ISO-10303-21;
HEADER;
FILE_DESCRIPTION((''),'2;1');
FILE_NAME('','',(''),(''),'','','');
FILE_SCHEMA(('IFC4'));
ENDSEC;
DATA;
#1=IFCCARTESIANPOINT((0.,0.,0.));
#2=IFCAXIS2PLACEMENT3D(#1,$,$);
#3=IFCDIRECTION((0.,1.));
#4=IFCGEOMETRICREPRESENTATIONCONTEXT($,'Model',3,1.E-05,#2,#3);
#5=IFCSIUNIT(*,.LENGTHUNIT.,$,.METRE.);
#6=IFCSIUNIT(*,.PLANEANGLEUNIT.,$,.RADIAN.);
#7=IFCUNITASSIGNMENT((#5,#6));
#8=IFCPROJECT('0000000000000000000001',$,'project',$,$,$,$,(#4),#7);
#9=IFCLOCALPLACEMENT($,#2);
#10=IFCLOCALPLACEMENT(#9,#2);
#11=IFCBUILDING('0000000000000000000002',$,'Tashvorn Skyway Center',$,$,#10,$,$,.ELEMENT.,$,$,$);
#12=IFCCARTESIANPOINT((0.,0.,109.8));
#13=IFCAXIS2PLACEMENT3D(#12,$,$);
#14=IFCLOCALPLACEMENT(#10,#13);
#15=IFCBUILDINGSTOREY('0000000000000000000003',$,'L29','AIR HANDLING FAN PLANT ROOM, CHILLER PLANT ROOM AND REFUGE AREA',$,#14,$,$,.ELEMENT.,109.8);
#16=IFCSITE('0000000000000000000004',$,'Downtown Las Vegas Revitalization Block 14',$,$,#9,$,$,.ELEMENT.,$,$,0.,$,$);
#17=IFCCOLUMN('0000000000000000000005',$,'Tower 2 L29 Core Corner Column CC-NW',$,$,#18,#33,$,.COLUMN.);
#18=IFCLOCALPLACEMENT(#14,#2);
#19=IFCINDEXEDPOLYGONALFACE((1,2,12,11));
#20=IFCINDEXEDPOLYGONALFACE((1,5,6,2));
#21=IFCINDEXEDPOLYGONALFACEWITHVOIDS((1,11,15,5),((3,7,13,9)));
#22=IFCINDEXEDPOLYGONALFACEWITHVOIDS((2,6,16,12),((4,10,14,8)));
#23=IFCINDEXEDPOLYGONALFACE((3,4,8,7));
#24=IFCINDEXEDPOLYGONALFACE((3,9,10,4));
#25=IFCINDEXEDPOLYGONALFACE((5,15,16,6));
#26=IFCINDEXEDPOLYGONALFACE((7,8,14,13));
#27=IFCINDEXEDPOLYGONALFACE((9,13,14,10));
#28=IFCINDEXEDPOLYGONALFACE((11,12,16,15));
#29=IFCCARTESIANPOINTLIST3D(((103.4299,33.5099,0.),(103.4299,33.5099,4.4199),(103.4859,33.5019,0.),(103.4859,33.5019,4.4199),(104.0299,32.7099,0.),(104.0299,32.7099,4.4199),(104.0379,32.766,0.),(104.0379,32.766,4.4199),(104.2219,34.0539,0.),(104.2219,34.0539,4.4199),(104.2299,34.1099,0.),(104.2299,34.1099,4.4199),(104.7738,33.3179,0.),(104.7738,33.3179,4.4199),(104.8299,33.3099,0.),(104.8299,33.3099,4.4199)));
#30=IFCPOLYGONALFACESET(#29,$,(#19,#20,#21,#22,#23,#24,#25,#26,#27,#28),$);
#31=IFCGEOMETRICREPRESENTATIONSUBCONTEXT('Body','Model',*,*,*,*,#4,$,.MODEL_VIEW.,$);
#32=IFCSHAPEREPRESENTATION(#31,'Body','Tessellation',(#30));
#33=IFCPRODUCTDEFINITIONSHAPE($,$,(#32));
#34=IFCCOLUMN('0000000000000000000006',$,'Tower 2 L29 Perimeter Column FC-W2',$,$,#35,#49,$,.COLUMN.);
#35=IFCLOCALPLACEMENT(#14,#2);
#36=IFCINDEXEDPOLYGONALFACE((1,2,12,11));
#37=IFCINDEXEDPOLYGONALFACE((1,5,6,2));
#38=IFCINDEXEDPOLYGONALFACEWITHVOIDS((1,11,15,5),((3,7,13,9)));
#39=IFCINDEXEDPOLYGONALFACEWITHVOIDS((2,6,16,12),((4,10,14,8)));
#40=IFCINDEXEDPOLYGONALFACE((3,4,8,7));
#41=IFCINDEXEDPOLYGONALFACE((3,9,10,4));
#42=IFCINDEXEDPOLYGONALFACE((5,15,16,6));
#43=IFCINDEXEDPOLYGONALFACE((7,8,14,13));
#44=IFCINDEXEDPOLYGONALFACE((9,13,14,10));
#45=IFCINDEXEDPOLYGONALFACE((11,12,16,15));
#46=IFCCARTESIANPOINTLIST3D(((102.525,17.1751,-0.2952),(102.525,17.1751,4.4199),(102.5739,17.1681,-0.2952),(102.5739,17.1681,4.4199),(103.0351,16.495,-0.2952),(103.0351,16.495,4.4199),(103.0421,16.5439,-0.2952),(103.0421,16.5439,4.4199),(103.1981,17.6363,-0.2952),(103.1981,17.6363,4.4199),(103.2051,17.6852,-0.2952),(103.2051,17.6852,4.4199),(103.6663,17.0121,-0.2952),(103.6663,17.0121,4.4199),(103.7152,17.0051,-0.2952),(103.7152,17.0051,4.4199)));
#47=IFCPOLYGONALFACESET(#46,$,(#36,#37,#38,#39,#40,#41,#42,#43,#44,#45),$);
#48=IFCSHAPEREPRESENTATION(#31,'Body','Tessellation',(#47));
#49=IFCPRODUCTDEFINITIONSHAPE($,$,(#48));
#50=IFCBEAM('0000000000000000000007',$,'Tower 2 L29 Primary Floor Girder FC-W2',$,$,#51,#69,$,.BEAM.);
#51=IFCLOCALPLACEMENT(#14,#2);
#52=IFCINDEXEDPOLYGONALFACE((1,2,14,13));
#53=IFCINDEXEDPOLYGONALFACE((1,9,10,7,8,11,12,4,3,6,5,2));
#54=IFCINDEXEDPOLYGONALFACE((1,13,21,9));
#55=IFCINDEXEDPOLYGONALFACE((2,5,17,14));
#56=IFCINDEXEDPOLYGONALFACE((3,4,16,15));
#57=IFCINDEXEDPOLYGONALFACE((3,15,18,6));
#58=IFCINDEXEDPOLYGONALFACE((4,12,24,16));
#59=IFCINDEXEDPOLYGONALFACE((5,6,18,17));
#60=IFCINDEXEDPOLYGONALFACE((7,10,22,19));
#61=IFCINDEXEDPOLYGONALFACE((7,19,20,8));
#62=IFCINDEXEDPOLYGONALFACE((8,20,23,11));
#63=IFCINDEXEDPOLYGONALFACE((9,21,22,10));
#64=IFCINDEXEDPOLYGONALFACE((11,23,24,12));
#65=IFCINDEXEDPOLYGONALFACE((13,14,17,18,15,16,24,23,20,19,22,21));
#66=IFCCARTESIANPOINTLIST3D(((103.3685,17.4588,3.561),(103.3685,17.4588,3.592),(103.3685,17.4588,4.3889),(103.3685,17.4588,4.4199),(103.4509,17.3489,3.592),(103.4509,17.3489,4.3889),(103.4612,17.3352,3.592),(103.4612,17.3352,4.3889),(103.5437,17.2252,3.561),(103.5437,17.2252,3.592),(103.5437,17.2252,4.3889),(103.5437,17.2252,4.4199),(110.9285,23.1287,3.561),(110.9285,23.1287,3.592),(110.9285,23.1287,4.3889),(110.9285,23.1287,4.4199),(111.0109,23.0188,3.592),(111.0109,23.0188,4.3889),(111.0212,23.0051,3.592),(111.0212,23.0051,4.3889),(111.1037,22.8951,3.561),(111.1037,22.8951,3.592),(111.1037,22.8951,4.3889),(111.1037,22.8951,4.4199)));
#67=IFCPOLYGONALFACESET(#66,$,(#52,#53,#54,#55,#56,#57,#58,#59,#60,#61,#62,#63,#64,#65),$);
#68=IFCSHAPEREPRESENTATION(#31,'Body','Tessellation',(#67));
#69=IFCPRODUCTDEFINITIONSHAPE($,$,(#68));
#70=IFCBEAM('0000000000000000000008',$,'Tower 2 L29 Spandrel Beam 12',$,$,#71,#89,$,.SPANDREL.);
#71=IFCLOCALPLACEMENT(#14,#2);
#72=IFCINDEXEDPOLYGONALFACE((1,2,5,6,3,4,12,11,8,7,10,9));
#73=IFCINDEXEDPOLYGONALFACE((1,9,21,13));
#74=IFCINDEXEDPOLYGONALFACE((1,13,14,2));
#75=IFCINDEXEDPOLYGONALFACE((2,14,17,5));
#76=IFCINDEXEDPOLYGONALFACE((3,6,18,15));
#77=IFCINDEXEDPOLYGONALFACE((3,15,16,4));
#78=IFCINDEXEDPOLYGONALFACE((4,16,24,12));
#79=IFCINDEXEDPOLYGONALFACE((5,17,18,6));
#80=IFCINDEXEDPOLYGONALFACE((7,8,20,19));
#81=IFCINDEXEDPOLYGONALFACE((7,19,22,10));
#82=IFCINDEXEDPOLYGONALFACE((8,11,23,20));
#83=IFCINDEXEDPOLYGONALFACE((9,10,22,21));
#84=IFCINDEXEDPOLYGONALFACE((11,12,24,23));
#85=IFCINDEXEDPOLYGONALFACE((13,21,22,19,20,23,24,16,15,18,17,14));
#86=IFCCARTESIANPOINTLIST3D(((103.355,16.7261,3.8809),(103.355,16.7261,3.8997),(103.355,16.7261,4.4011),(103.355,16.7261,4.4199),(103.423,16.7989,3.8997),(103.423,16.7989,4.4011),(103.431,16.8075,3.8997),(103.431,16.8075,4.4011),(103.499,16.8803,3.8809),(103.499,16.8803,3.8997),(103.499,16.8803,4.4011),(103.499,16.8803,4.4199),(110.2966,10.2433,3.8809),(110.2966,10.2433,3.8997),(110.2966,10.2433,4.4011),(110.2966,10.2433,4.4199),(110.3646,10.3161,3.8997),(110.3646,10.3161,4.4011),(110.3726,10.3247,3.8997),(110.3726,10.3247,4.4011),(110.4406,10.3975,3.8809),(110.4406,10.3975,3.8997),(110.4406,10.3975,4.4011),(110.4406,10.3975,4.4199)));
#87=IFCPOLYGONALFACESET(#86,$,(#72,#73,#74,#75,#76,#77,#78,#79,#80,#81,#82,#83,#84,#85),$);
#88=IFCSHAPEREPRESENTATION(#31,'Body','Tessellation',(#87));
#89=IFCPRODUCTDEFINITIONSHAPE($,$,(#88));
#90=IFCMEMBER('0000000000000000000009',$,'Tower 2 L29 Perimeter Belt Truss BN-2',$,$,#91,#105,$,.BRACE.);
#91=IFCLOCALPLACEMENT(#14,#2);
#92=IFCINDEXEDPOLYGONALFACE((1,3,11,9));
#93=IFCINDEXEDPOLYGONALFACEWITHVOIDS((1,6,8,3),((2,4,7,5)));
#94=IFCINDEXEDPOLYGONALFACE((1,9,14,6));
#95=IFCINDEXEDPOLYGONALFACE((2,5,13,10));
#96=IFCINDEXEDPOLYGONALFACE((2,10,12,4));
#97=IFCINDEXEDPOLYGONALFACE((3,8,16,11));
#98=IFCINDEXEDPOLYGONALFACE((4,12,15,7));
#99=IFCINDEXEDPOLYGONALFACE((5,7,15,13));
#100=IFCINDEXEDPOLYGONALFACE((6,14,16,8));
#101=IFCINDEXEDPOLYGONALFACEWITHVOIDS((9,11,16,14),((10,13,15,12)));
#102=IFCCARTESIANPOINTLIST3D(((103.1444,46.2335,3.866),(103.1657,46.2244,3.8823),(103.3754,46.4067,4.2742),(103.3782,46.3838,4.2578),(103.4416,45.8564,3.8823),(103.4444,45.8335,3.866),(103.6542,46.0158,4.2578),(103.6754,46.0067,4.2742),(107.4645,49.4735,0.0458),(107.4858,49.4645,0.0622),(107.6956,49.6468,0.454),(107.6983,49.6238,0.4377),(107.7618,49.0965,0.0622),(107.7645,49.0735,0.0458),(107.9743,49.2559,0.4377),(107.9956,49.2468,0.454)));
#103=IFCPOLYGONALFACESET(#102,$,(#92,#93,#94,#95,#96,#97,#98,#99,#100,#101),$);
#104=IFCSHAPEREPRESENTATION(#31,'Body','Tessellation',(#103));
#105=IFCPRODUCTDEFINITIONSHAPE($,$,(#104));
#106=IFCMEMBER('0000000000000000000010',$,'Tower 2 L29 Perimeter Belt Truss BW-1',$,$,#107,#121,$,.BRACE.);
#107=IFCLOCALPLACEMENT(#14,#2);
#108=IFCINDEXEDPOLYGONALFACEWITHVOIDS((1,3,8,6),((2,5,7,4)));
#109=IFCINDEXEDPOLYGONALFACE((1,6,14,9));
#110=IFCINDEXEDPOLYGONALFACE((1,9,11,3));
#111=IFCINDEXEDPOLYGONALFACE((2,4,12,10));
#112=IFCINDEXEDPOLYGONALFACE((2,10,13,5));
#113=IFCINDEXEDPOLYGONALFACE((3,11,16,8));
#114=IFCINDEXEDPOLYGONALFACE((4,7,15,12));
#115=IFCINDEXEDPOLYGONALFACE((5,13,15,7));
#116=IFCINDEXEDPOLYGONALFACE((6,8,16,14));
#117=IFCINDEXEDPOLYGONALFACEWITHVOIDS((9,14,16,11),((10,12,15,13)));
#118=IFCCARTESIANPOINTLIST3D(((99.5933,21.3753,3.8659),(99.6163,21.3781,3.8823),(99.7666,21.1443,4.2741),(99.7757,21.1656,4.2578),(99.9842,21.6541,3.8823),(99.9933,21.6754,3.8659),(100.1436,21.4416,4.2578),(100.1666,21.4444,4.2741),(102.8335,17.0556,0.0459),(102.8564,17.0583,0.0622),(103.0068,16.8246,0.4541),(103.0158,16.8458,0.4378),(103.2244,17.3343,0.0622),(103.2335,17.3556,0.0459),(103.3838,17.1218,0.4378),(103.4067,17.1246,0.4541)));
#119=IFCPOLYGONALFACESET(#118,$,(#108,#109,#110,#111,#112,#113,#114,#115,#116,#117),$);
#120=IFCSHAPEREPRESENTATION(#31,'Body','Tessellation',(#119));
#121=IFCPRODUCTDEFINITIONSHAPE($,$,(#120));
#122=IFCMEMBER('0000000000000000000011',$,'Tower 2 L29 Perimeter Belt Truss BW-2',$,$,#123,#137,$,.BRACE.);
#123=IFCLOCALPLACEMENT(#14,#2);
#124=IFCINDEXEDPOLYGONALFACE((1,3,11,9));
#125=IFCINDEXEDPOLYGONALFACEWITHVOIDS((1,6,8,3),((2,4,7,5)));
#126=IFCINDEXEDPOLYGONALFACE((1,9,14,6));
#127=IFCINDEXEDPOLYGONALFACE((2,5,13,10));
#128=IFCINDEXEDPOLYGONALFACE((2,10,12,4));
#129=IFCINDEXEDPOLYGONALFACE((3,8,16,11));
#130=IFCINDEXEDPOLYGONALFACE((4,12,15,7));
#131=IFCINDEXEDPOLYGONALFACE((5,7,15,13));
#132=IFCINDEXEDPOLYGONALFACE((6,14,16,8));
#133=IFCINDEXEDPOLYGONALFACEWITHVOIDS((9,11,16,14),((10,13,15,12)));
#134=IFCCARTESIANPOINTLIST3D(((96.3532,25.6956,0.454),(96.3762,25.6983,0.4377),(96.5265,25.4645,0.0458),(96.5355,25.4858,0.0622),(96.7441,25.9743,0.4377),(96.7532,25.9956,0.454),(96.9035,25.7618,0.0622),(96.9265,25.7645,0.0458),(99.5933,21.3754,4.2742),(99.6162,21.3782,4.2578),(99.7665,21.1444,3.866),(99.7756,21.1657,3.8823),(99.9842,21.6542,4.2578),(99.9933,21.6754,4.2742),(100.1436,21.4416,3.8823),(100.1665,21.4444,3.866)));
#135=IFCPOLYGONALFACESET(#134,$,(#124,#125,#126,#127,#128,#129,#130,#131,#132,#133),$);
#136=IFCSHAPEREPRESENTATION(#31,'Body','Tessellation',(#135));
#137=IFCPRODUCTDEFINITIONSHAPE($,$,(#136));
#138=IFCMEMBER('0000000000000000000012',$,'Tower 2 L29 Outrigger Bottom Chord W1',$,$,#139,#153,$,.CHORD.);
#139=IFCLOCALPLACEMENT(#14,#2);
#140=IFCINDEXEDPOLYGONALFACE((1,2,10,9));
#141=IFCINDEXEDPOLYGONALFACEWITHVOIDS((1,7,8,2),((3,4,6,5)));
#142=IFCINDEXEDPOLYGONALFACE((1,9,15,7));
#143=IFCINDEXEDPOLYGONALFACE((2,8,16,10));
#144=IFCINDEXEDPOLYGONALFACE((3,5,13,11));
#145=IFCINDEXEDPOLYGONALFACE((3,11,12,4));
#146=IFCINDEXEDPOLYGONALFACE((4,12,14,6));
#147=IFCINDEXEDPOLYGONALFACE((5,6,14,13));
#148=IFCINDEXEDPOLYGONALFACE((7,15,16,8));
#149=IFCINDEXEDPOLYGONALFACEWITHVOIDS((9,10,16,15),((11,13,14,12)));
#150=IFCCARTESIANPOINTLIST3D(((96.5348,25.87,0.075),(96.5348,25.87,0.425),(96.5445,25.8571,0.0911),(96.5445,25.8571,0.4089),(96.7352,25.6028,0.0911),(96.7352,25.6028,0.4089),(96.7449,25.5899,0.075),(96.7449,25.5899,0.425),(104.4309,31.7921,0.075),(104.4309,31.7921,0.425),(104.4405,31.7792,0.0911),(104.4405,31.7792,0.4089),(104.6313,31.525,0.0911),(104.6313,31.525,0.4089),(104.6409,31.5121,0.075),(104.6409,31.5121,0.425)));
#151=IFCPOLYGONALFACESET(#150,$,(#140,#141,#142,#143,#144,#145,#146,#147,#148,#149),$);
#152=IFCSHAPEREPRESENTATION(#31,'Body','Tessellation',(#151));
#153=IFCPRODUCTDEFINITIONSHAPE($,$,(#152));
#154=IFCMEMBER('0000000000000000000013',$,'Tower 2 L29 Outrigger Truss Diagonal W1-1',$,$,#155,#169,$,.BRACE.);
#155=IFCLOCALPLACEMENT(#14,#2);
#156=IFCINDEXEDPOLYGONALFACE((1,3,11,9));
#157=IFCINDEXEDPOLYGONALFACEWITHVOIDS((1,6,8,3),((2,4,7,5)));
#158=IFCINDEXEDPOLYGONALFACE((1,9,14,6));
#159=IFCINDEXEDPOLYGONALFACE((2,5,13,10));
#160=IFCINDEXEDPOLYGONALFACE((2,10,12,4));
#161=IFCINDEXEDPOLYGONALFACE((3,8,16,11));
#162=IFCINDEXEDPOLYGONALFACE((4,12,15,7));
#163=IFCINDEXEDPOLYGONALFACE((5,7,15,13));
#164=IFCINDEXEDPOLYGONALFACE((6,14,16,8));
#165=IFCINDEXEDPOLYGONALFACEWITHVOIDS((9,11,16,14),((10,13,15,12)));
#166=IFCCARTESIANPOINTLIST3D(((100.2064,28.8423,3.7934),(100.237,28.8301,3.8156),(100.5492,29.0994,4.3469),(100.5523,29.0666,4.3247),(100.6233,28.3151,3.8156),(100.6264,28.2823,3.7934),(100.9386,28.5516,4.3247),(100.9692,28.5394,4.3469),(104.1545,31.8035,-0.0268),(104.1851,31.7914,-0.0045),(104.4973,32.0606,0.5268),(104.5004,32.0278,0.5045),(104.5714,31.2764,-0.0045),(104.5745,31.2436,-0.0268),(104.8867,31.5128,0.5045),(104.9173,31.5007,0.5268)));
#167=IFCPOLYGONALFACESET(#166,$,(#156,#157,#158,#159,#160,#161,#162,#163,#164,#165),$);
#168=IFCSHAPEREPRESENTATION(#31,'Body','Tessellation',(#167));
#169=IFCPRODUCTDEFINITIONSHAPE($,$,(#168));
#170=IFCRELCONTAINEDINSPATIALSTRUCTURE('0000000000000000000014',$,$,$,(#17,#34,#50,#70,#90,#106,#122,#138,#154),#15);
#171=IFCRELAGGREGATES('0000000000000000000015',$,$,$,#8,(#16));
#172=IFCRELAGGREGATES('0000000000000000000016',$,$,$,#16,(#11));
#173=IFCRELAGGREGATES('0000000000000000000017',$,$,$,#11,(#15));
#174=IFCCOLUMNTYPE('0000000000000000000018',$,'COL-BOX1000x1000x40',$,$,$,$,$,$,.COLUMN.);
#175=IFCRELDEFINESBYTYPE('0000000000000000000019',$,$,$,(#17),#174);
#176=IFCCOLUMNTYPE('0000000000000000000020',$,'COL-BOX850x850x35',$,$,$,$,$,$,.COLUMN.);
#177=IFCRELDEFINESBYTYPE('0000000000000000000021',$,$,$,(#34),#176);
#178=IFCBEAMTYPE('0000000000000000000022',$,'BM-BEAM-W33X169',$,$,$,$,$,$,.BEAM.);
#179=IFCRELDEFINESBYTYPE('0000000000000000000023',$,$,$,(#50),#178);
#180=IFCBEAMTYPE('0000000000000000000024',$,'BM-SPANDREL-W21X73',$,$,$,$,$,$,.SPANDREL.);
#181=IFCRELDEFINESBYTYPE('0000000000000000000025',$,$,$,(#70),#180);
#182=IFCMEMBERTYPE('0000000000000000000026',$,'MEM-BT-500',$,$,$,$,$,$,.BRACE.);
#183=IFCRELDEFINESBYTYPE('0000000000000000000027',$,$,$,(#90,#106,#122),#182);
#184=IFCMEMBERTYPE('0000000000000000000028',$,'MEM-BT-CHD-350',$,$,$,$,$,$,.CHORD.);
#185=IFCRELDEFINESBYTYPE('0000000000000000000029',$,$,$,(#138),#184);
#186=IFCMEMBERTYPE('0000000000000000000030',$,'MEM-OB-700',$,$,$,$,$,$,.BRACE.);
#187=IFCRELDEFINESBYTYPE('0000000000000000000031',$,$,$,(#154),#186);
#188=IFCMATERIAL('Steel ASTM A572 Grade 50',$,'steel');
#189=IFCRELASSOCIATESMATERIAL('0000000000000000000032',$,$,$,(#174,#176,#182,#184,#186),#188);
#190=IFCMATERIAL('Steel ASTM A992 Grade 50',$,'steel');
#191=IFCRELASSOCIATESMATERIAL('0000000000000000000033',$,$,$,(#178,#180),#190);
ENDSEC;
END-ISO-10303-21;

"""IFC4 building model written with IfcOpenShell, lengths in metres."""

from ifc_helpers import new_model, si_unit, direction, frame, origin, origin_2d, place, context, subcontext, project, spatial, hollow_rectangle, i_section, extrude, material, material_profile, profile_set, type_object, element, save


model = new_model("IFC4")

# Units and contexts
model_context = context("Model", 3, precision=1e-05, world=origin(), true_north=direction((0.0, 1.0)))
body_context = subcontext(model_context, "Body", "Model", "MODEL_VIEW")
ifc_project = project(units=[si_unit("LENGTHUNIT", "METRE"), si_unit("PLANEANGLEUNIT", "RADIAN")], contexts=[model_context])

# Site, building, storey
site_placement = place(None, origin())
site = spatial("IfcSite", under=ifc_project, at=site_placement, Name="Downtown Las Vegas Revitalization Block 14", CompositionType="ELEMENT", RefElevation=0.0)
building_placement = place(site_placement, origin())
building = spatial("IfcBuilding", under=site, at=building_placement, Name="Tashvorn Skyway Center", CompositionType="ELEMENT")
storey_placement = place(building_placement, frame((0.0, 0.0, 109.8)))
storey = spatial("IfcBuildingStorey", under=building, at=storey_placement, Name="L29", Description="AIR HANDLING FAN PLANT ROOM, CHILLER PLANT ROOM AND REFUGE AREA", CompositionType="ELEMENT", Elevation=109.8)

# Columns
ifc_material_1 = material(Name="Steel ASTM A572 Grade 50", Category="steel")
ifc_material_profile_1 = material_profile(ifc_material_1, hollow_rectangle(XDim=1.0, YDim=1.0, WallThickness=0.04, at=origin_2d()), Name="BOX1000x1000x40")
ifc_profile_set_1 = profile_set([ifc_material_profile_1], Name="Steel ASTM A572 Grade 50")
column_type_1 = type_object("IfcColumnType", Name="COL-BOX1000x1000x40", PredefinedType="COLUMN", material=ifc_profile_set_1)
column_1_placement = place(storey_placement, frame((104.1299, 33.4099, 0.0), z_axis=(0.0, 0.0, 1.0), x_axis=(0.8, 0.6, 0.0)))
element("IfcColumn", 1, at=column_1_placement, inside=storey, type_object=column_type_1, Name="Tower 2 L29 Core Corner Column CC-NW", PredefinedType="COLUMN", context=body_context, shape_type="SweptSolid", body=[
    extrude(hollow_rectangle(XDim=1.0, YDim=1.0, WallThickness=0.04, at=origin_2d()), origin(), (0.0, 0.0, 1.0), 4.4199),
])
ifc_material_profile_2 = material_profile(ifc_material_1, hollow_rectangle(XDim=0.8501, YDim=0.8501, WallThickness=0.0349, at=origin_2d()), Name="BOX850x850x35")
ifc_profile_set_2 = profile_set([ifc_material_profile_2], Name="Steel ASTM A572 Grade 50")
column_type_2 = type_object("IfcColumnType", Name="COL-BOX850x850x35", PredefinedType="COLUMN", material=ifc_profile_set_2)
column_2_placement = place(storey_placement, frame((103.1201, 17.0901, -0.2952), z_axis=(0.0, 0.0, 1.0), x_axis=(0.8, 0.6, 0.0)))
element("IfcColumn", 2, at=column_2_placement, inside=storey, type_object=column_type_2, Name="Tower 2 L29 Perimeter Column FC-W2", PredefinedType="COLUMN", context=body_context, shape_type="SweptSolid", body=[
    extrude(hollow_rectangle(XDim=0.8501, YDim=0.8501, WallThickness=0.0349, at=origin_2d()), origin(), (0.0, 0.0, 1.0), 4.7151),
])

# Beams
ifc_material_2 = material(Name="Steel ASTM A992 Grade 50", Category="steel")
ifc_material_profile_3 = material_profile(ifc_material_2, i_section(OverallWidth=0.292, OverallDepth=0.8589, WebThickness=0.0171, FlangeThickness=0.031, at=origin_2d()), Name="W33X169")
ifc_profile_set_3 = profile_set([ifc_material_profile_3], Name="Steel ASTM A992 Grade 50")
beam_type_1 = type_object("IfcBeamType", Name="BM-BEAM-W33X169", PredefinedType="BEAM", material=ifc_profile_set_3)
beam_1_placement = place(storey_placement, frame((103.4561, 17.342, 3.9905), z_axis=(0.800006, 0.599992, 0.0), x_axis=(-0.599992, 0.800006, 0.0)))
element("IfcBeam", 3, at=beam_1_placement, inside=storey, type_object=beam_type_1, Name="Tower 2 L29 Primary Floor Girder FC-W2", PredefinedType="BEAM", context=body_context, shape_type="SweptSolid", body=[
    extrude(i_section(OverallWidth=0.292, OverallDepth=0.8589, WebThickness=0.0171, FlangeThickness=0.031, at=origin_2d()), origin(), (0.0, 0.0, 1.0), 9.45),
])
ifc_material_profile_4 = material_profile(ifc_material_2, i_section(OverallWidth=0.2109, OverallDepth=0.5391, WebThickness=0.0117, FlangeThickness=0.0188, at=origin_2d()), Name="W21X73")
ifc_profile_set_4 = profile_set([ifc_material_profile_4], Name="Steel ASTM A992 Grade 50")
beam_type_2 = type_object("IfcBeamType", Name="BM-SPANDREL-W21X73", PredefinedType="SPANDREL", material=ifc_profile_set_4)
beam_2_placement = place(storey_placement, frame((103.427, 16.8032, 4.1504), z_axis=(0.730843, -0.682545, 0.0), x_axis=(0.682545, 0.730843, 0.0)))
element("IfcBeam", 4, at=beam_2_placement, inside=storey, type_object=beam_type_2, Name="Tower 2 L29 Spandrel Beam 12", PredefinedType="SPANDREL", context=body_context, shape_type="SweptSolid", body=[
    extrude(i_section(OverallWidth=0.2109, OverallDepth=0.5391, WebThickness=0.0117, FlangeThickness=0.0188, at=origin_2d()), origin(), (0.0, 0.0, 1.0), 9.498),
])

# Members
ifc_material_profile_5 = material_profile(ifc_material_1, hollow_rectangle(XDim=0.5, YDim=0.5, WallThickness=0.02, at=origin_2d()), Name="HSS500x500x20")
ifc_profile_set_5 = profile_set([ifc_material_profile_5], Name="Steel ASTM A572 Grade 50")
member_type_1 = type_object("IfcMemberType", Name="MEM-BT-500", PredefinedType="BRACE", material=ifc_profile_set_5)
member_1_placement = place(storey_placement, frame((103.4099, 46.1201, 4.0701), z_axis=(0.653107, 0.489821, -0.577517), x_axis=(-0.599993, 0.800005, 0.0)))
element("IfcMember", 5, at=member_1_placement, inside=storey, type_object=member_type_1, Name="Tower 2 L29 Perimeter Belt Truss BN-2", PredefinedType="BRACE", context=body_context, shape_type="SweptSolid", body=[
    extrude(hollow_rectangle(XDim=0.5, YDim=0.5, WallThickness=0.02, at=origin_2d()), origin(), (0.0, 0.0, 1.0), 6.6147),
])
member_2_placement = place(storey_placement, frame((103.1201, 17.0901, 0.25), z_axis=(-0.489861, 0.653074, 0.577521), x_axis=(-0.799967, -0.600043, 0.0)))
element("IfcMember", 6, at=member_2_placement, inside=storey, type_object=member_type_1, Name="Tower 2 L29 Perimeter Belt Truss BW-1", PredefinedType="BRACE", context=body_context, shape_type="SweptSolid", body=[
    extrude(hollow_rectangle(XDim=0.5, YDim=0.5, WallThickness=0.02, at=origin_2d()), origin(), (0.0, 0.0, 1.0), 6.6145),
])
member_3_placement = place(storey_placement, frame((99.8799, 21.4099, 4.0701), z_axis=(-0.489821, 0.653107, -0.577517), x_axis=(-0.800005, -0.599993, 0.0)))
element("IfcMember", 7, at=member_3_placement, inside=storey, type_object=member_type_1, Name="Tower 2 L29 Perimeter Belt Truss BW-2", PredefinedType="BRACE", context=body_context, shape_type="SweptSolid", body=[
    extrude(hollow_rectangle(XDim=0.5, YDim=0.5, WallThickness=0.02, at=origin_2d()), origin(), (0.0, 0.0, 1.0), 6.6147),
])
ifc_material_profile_6 = material_profile(ifc_material_1, hollow_rectangle(XDim=0.3501, YDim=0.3501, WallThickness=0.0161, at=origin_2d()), Name="HSS350x350x16")
ifc_profile_set_6 = profile_set([ifc_material_profile_6], Name="Steel ASTM A572 Grade 50")
member_type_2 = type_object("IfcMemberType", Name="MEM-BT-CHD-350", PredefinedType="CHORD", material=ifc_profile_set_6)
member_4_placement = place(storey_placement, frame((104.5359, 31.6521, 0.25), z_axis=(-0.799994, -0.600008, 0.0), x_axis=(0.600008, -0.799994, 0.0)))
element("IfcMember", 8, at=member_4_placement, inside=storey, type_object=member_type_2, Name="Tower 2 L29 Outrigger Bottom Chord W1", PredefinedType="CHORD", context=body_context, shape_type="SweptSolid", body=[
    extrude(hollow_rectangle(XDim=0.3501, YDim=0.3501, WallThickness=0.0161, at=origin_2d()), origin(), (0.0, 0.0, 1.0), 9.8701),
])
ifc_material_profile_7 = material_profile(ifc_material_1, hollow_rectangle(XDim=0.7, YDim=0.7, WallThickness=0.0281, at=origin_2d()), Name="BOX700x700x28")
ifc_profile_set_7 = profile_set([ifc_material_profile_7], Name="Steel ASTM A572 Grade 50")
member_type_3 = type_object("IfcMemberType", Name="MEM-OB-700", PredefinedType="BRACE", material=ifc_profile_set_7)
member_5_placement = place(storey_placement, frame((104.5359, 31.6521, 0.25), z_axis=(-0.632606, -0.474484, 0.612107), x_axis=(0.600024, -0.799982, 0.0)))
element("IfcMember", 9, at=member_5_placement, inside=storey, type_object=member_type_3, Name="Tower 2 L29 Outrigger Truss Diagonal W1-1", PredefinedType="BRACE", context=body_context, shape_type="SweptSolid", body=[
    extrude(hollow_rectangle(XDim=0.7, YDim=0.7, WallThickness=0.0281, at=origin_2d()), origin(), (0.0, 0.0, 1.0), 6.241),
])

save(model, "model.ifc")
